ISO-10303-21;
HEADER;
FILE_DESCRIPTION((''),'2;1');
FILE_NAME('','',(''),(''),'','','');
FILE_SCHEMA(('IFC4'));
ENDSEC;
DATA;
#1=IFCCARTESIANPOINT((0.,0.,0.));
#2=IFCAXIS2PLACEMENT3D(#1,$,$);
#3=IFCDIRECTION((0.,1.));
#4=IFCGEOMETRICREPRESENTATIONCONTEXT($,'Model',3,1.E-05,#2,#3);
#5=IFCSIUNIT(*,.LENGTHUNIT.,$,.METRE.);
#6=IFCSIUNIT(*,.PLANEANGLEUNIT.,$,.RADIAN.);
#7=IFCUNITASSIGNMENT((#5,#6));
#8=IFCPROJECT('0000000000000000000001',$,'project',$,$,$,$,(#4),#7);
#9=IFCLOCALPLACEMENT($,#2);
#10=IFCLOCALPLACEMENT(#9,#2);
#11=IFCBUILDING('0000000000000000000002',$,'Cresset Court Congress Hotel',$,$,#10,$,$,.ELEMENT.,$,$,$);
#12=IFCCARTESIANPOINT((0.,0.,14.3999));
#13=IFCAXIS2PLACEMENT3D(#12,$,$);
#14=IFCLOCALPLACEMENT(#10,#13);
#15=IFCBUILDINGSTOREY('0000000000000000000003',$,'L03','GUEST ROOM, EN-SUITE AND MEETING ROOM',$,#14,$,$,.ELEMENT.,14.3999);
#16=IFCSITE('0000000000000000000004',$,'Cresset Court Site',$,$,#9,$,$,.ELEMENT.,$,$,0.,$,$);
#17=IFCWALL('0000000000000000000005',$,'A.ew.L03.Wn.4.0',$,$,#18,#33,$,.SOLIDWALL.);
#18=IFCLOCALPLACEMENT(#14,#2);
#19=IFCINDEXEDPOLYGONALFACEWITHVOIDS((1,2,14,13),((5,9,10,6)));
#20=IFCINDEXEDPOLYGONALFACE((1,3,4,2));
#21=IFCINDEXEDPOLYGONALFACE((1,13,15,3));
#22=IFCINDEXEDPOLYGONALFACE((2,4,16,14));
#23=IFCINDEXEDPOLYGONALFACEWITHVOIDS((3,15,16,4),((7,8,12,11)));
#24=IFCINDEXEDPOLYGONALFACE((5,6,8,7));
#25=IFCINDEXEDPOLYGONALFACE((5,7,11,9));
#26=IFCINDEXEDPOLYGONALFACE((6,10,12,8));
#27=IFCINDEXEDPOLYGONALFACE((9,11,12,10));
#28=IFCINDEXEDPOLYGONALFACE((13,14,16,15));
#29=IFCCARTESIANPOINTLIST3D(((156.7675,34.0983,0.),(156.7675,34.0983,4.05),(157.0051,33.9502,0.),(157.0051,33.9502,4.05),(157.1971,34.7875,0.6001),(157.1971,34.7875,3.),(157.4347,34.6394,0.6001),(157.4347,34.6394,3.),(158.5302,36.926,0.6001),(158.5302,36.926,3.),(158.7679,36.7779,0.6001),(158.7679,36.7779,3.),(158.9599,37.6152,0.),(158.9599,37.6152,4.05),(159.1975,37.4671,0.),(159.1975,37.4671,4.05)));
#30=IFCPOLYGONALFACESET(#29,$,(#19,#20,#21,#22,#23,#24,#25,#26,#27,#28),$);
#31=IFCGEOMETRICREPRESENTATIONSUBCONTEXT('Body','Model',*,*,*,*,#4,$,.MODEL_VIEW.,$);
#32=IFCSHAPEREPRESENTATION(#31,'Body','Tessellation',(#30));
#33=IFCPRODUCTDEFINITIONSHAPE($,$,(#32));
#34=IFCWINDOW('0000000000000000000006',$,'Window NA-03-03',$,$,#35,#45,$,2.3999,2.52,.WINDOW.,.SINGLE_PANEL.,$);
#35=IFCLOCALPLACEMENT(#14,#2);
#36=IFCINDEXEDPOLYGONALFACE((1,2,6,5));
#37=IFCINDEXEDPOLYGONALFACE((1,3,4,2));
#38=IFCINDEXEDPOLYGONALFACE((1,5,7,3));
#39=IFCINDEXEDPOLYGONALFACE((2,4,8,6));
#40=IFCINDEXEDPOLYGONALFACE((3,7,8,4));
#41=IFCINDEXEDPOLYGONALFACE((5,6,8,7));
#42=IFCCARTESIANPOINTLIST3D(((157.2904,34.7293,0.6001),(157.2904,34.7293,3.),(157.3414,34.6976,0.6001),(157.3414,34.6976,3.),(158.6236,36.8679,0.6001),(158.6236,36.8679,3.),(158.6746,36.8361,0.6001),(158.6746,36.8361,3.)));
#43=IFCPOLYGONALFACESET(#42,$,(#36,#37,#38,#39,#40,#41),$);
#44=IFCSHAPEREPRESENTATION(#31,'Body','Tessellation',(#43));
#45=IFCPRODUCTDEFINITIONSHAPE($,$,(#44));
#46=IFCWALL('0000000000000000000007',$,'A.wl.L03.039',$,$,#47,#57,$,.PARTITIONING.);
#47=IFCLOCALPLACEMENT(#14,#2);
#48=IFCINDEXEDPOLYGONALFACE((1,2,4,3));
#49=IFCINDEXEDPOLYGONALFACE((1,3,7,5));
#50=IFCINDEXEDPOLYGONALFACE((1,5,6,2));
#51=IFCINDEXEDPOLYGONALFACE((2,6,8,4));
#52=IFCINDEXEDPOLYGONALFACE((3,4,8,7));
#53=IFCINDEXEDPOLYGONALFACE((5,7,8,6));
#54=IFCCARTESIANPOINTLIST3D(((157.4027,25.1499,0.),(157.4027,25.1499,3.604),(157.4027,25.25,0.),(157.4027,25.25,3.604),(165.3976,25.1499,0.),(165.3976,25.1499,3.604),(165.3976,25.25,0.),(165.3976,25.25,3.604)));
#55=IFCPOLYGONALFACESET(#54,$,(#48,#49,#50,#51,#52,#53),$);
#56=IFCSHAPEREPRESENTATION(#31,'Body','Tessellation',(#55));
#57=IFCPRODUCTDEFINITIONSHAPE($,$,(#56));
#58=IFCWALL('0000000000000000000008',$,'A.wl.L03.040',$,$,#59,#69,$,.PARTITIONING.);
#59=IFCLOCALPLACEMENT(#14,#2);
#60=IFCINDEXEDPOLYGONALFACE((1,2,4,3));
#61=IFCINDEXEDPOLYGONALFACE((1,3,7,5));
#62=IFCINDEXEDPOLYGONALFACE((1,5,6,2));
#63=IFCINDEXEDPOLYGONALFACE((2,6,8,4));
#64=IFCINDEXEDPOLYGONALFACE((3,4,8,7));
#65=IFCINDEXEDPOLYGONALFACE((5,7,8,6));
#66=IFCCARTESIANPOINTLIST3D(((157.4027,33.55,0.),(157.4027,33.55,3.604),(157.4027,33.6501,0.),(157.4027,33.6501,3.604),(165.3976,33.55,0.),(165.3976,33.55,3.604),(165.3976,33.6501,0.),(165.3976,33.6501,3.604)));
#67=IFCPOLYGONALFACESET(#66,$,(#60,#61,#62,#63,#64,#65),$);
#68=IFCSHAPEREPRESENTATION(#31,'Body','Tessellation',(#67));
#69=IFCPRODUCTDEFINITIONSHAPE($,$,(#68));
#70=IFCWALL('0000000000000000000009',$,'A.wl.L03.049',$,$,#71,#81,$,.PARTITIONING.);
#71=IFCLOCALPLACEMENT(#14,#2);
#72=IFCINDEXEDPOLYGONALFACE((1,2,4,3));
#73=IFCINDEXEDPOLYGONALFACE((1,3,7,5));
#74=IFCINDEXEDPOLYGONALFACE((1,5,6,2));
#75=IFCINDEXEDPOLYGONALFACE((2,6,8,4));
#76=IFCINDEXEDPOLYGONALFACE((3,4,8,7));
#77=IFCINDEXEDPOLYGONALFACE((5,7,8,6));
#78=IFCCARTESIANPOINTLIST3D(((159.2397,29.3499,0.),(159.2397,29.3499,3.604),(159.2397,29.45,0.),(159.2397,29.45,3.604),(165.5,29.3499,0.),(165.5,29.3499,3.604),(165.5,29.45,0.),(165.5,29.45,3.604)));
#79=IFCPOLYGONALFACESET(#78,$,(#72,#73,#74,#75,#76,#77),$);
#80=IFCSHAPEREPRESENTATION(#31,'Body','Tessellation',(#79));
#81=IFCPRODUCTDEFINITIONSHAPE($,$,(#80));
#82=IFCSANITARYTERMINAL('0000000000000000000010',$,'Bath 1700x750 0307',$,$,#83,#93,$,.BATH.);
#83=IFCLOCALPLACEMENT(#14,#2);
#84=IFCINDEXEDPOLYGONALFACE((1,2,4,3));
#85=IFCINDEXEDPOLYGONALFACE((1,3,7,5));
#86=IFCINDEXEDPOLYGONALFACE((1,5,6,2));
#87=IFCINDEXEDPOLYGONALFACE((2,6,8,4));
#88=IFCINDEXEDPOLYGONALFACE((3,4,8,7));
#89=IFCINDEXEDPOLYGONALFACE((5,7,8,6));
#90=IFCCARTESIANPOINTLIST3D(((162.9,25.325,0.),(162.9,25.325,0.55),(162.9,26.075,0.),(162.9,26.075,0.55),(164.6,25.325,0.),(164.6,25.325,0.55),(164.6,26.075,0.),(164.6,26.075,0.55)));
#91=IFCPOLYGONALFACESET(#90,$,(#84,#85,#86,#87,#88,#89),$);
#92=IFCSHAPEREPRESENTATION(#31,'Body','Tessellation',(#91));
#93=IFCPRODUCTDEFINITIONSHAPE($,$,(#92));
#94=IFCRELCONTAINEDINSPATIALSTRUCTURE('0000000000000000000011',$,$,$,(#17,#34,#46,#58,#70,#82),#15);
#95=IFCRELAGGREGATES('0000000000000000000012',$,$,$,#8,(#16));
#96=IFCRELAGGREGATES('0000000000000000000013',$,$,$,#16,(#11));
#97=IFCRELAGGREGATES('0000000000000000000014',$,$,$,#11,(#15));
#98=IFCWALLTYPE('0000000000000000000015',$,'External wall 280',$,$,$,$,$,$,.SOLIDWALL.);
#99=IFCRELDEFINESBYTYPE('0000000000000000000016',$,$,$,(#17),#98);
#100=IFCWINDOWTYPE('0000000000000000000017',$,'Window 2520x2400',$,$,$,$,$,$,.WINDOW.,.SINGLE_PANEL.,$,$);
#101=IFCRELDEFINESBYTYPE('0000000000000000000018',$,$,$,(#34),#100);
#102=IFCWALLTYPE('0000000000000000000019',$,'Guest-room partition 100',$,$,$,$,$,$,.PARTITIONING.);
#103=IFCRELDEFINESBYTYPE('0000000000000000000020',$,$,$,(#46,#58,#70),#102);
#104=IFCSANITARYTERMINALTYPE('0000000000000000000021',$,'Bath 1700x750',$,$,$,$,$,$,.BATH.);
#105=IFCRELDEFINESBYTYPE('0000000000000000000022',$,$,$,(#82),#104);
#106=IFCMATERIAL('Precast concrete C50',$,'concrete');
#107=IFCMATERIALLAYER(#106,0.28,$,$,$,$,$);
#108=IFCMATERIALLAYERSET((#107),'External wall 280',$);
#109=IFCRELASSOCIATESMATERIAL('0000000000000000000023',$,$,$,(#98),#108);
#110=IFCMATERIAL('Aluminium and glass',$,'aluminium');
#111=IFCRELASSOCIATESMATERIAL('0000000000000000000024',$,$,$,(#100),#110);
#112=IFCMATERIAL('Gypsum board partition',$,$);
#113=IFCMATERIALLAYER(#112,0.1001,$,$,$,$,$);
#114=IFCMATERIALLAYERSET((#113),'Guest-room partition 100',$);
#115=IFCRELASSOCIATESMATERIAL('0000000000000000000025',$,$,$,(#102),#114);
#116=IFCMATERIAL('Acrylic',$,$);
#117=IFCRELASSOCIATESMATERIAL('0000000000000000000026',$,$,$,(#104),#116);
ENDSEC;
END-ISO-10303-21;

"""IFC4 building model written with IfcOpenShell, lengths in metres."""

from ifc_helpers import new_model, si_unit, direction, frame, frame_2d, origin, origin_2d, place, context, subcontext, project, spatial, rectangle, extrude, material, layer, layer_set, type_object, element, fill, save


model = new_model("IFC4")

# Units and contexts
model_context = context("Model", 3, precision=1e-05, world=origin(), true_north=direction((0.0, 1.0)))
body_context = subcontext(model_context, "Body", "Model", "MODEL_VIEW")
ifc_project = project(units=[si_unit("LENGTHUNIT", "METRE"), si_unit("PLANEANGLEUNIT", "RADIAN")], contexts=[model_context])

# Site, building, storey
site_placement = place(None, origin())
site = spatial("IfcSite", under=ifc_project, at=site_placement, Name="Cresset Court Site", CompositionType="ELEMENT", RefElevation=0.0)
building_placement = place(site_placement, origin())
building = spatial("IfcBuilding", under=site, at=building_placement, Name="Cresset Court Congress Hotel", CompositionType="ELEMENT")
storey_placement = place(building_placement, frame((0.0, 0.0, 14.3999)))
storey = spatial("IfcBuildingStorey", under=building, at=storey_placement, Name="L03", Description="GUEST ROOM, EN-SUITE AND MEETING ROOM", CompositionType="ELEMENT", Elevation=14.3999)

# Shared definitions
ifc_material_1 = material(Name="Precast concrete C50", Category="concrete")
ifc_layer_1 = layer(ifc_material_1, 0.28)
ifc_layer_set_1 = layer_set([ifc_layer_1], Name="External wall 280")
wall_type_1 = type_object("IfcWallType", Name="External wall 280", PredefinedType="SOLIDWALL", material=ifc_layer_set_1)
ifc_material_2 = material(Name="Aluminium and glass", Category="aluminium")
window_type = type_object("IfcWindowType", Name="Window 2520x2400", PartitioningType="SINGLE_PANEL", PredefinedType="WINDOW", material=ifc_material_2)

# Wall, opening, window
wall_1_placement = place(storey_placement, frame((156.8862, 34.0242, 0.0), z_axis=(0.0, 0.0, 1.0), x_axis=(0.529019, 0.84861, 0.0)))
wall_1 = element("IfcWall", 1, at=wall_1_placement, inside=storey, type_object=wall_type_1, Name="A.ew.L03.Wn.4.0", PredefinedType="SOLIDWALL", context=body_context, shape_type="SweptSolid", body=[
    extrude(rectangle(XDim=4.1443, YDim=0.28, at=frame_2d((2.0723, 0.0))), origin(), (0.0, 0.0, 1.0), 4.05),
])
opening_1_placement = place(wall_1_placement, frame((0.8123, 0.0, 0.6001)))
opening_1 = element("IfcOpeningElement", 2, at=opening_1_placement, cuts=wall_1, PredefinedType="OPENING", context=body_context, shape_type="SweptSolid", body=[
    extrude(rectangle(XDim=2.52, YDim=2.3999, at=frame_2d((1.26, 1.2))), frame((0.0, 0.1499, 0.0), z_axis=(0.0, -1.0, 0.0), x_axis=(1.0, 0.0, 0.0)), (0.0, 0.0, 1.0), 0.3),
])
window_1_placement = place(opening_1_placement, origin())
window_1 = element("IfcWindow", 3, at=window_1_placement, inside=storey, type_object=window_type, Name="Window NA-03-03", OverallHeight=2.3999, OverallWidth=2.52, PartitioningType="SINGLE_PANEL", PredefinedType="WINDOW", context=body_context, shape_type="SweptSolid", body=[
    extrude(rectangle(XDim=2.52, YDim=2.3999, at=frame_2d((1.26, 1.2))), frame((0.0, 0.03, 0.0), z_axis=(0.0, -1.0, 0.0), x_axis=(1.0, 0.0, 0.0)), (0.0, 0.0, 1.0), 0.0601),
])
fill(opening_1, window_1)

# Walls
ifc_material_3 = material(Name="Gypsum board partition")
ifc_layer_2 = layer(ifc_material_3, 0.1001)
ifc_layer_set_2 = layer_set([ifc_layer_2], Name="Guest-room partition 100")
wall_type_2 = type_object("IfcWallType", Name="Guest-room partition 100", PredefinedType="PARTITIONING", material=ifc_layer_set_2)
for number, where, z_axis, x_axis, name in (
    (4, (157.4026, 25.2, 0.0), (0.0, 0.0, 1.0), (1.0, 0.0, 0.0), "A.wl.L03.039"),
    (5, (157.4026, 33.6001, 0.0), (0.0, 0.0, 1.0), (1.0, 0.0, 0.0), "A.wl.L03.040"),
):
    element("IfcWall", number, at=place(storey_placement, frame(where, z_axis=z_axis, x_axis=x_axis)), inside=storey, type_object=wall_type_2, Name=name, PredefinedType="PARTITIONING", context=body_context, shape_type="SweptSolid", body=[
        extrude(rectangle(XDim=7.9949, YDim=0.1001, at=frame_2d((3.9976, 0.0))), origin(), (0.0, 0.0, 1.0), 3.604),
    ])
wall_2_placement = place(storey_placement, frame((159.2397, 29.3999, 0.0), z_axis=(0.0, 0.0, 1.0), x_axis=(1.0, 0.0, 0.0)))
element("IfcWall", 6, at=wall_2_placement, inside=storey, type_object=wall_type_2, Name="A.wl.L03.049", PredefinedType="PARTITIONING", context=body_context, shape_type="SweptSolid", body=[
    extrude(rectangle(XDim=6.2603, YDim=0.1001, at=frame_2d((3.1301, 0.0))), origin(), (0.0, 0.0, 1.0), 3.604),
])

# Sanitary terminal
ifc_material_4 = material(Name="Acrylic")
sanitary_terminal_type = type_object("IfcSanitaryTerminalType", Name="Bath 1700x750", PredefinedType="BATH", material=ifc_material_4)
sanitary_terminal_placement = place(storey_placement, frame((163.75, 25.7, 0.0), z_axis=(0.0, 0.0, 1.0), x_axis=(1.0, 0.0, 0.0)))
element("IfcSanitaryTerminal", 7, at=sanitary_terminal_placement, inside=storey, type_object=sanitary_terminal_type, Name="Bath 1700x750 0307", PredefinedType="BATH", context=body_context, shape_type="SweptSolid", body=[
    extrude(rectangle(XDim=1.7, YDim=0.75, at=origin_2d()), origin(), (0.0, 0.0, 1.0), 0.55),
])

save(model, "model.ifc")
